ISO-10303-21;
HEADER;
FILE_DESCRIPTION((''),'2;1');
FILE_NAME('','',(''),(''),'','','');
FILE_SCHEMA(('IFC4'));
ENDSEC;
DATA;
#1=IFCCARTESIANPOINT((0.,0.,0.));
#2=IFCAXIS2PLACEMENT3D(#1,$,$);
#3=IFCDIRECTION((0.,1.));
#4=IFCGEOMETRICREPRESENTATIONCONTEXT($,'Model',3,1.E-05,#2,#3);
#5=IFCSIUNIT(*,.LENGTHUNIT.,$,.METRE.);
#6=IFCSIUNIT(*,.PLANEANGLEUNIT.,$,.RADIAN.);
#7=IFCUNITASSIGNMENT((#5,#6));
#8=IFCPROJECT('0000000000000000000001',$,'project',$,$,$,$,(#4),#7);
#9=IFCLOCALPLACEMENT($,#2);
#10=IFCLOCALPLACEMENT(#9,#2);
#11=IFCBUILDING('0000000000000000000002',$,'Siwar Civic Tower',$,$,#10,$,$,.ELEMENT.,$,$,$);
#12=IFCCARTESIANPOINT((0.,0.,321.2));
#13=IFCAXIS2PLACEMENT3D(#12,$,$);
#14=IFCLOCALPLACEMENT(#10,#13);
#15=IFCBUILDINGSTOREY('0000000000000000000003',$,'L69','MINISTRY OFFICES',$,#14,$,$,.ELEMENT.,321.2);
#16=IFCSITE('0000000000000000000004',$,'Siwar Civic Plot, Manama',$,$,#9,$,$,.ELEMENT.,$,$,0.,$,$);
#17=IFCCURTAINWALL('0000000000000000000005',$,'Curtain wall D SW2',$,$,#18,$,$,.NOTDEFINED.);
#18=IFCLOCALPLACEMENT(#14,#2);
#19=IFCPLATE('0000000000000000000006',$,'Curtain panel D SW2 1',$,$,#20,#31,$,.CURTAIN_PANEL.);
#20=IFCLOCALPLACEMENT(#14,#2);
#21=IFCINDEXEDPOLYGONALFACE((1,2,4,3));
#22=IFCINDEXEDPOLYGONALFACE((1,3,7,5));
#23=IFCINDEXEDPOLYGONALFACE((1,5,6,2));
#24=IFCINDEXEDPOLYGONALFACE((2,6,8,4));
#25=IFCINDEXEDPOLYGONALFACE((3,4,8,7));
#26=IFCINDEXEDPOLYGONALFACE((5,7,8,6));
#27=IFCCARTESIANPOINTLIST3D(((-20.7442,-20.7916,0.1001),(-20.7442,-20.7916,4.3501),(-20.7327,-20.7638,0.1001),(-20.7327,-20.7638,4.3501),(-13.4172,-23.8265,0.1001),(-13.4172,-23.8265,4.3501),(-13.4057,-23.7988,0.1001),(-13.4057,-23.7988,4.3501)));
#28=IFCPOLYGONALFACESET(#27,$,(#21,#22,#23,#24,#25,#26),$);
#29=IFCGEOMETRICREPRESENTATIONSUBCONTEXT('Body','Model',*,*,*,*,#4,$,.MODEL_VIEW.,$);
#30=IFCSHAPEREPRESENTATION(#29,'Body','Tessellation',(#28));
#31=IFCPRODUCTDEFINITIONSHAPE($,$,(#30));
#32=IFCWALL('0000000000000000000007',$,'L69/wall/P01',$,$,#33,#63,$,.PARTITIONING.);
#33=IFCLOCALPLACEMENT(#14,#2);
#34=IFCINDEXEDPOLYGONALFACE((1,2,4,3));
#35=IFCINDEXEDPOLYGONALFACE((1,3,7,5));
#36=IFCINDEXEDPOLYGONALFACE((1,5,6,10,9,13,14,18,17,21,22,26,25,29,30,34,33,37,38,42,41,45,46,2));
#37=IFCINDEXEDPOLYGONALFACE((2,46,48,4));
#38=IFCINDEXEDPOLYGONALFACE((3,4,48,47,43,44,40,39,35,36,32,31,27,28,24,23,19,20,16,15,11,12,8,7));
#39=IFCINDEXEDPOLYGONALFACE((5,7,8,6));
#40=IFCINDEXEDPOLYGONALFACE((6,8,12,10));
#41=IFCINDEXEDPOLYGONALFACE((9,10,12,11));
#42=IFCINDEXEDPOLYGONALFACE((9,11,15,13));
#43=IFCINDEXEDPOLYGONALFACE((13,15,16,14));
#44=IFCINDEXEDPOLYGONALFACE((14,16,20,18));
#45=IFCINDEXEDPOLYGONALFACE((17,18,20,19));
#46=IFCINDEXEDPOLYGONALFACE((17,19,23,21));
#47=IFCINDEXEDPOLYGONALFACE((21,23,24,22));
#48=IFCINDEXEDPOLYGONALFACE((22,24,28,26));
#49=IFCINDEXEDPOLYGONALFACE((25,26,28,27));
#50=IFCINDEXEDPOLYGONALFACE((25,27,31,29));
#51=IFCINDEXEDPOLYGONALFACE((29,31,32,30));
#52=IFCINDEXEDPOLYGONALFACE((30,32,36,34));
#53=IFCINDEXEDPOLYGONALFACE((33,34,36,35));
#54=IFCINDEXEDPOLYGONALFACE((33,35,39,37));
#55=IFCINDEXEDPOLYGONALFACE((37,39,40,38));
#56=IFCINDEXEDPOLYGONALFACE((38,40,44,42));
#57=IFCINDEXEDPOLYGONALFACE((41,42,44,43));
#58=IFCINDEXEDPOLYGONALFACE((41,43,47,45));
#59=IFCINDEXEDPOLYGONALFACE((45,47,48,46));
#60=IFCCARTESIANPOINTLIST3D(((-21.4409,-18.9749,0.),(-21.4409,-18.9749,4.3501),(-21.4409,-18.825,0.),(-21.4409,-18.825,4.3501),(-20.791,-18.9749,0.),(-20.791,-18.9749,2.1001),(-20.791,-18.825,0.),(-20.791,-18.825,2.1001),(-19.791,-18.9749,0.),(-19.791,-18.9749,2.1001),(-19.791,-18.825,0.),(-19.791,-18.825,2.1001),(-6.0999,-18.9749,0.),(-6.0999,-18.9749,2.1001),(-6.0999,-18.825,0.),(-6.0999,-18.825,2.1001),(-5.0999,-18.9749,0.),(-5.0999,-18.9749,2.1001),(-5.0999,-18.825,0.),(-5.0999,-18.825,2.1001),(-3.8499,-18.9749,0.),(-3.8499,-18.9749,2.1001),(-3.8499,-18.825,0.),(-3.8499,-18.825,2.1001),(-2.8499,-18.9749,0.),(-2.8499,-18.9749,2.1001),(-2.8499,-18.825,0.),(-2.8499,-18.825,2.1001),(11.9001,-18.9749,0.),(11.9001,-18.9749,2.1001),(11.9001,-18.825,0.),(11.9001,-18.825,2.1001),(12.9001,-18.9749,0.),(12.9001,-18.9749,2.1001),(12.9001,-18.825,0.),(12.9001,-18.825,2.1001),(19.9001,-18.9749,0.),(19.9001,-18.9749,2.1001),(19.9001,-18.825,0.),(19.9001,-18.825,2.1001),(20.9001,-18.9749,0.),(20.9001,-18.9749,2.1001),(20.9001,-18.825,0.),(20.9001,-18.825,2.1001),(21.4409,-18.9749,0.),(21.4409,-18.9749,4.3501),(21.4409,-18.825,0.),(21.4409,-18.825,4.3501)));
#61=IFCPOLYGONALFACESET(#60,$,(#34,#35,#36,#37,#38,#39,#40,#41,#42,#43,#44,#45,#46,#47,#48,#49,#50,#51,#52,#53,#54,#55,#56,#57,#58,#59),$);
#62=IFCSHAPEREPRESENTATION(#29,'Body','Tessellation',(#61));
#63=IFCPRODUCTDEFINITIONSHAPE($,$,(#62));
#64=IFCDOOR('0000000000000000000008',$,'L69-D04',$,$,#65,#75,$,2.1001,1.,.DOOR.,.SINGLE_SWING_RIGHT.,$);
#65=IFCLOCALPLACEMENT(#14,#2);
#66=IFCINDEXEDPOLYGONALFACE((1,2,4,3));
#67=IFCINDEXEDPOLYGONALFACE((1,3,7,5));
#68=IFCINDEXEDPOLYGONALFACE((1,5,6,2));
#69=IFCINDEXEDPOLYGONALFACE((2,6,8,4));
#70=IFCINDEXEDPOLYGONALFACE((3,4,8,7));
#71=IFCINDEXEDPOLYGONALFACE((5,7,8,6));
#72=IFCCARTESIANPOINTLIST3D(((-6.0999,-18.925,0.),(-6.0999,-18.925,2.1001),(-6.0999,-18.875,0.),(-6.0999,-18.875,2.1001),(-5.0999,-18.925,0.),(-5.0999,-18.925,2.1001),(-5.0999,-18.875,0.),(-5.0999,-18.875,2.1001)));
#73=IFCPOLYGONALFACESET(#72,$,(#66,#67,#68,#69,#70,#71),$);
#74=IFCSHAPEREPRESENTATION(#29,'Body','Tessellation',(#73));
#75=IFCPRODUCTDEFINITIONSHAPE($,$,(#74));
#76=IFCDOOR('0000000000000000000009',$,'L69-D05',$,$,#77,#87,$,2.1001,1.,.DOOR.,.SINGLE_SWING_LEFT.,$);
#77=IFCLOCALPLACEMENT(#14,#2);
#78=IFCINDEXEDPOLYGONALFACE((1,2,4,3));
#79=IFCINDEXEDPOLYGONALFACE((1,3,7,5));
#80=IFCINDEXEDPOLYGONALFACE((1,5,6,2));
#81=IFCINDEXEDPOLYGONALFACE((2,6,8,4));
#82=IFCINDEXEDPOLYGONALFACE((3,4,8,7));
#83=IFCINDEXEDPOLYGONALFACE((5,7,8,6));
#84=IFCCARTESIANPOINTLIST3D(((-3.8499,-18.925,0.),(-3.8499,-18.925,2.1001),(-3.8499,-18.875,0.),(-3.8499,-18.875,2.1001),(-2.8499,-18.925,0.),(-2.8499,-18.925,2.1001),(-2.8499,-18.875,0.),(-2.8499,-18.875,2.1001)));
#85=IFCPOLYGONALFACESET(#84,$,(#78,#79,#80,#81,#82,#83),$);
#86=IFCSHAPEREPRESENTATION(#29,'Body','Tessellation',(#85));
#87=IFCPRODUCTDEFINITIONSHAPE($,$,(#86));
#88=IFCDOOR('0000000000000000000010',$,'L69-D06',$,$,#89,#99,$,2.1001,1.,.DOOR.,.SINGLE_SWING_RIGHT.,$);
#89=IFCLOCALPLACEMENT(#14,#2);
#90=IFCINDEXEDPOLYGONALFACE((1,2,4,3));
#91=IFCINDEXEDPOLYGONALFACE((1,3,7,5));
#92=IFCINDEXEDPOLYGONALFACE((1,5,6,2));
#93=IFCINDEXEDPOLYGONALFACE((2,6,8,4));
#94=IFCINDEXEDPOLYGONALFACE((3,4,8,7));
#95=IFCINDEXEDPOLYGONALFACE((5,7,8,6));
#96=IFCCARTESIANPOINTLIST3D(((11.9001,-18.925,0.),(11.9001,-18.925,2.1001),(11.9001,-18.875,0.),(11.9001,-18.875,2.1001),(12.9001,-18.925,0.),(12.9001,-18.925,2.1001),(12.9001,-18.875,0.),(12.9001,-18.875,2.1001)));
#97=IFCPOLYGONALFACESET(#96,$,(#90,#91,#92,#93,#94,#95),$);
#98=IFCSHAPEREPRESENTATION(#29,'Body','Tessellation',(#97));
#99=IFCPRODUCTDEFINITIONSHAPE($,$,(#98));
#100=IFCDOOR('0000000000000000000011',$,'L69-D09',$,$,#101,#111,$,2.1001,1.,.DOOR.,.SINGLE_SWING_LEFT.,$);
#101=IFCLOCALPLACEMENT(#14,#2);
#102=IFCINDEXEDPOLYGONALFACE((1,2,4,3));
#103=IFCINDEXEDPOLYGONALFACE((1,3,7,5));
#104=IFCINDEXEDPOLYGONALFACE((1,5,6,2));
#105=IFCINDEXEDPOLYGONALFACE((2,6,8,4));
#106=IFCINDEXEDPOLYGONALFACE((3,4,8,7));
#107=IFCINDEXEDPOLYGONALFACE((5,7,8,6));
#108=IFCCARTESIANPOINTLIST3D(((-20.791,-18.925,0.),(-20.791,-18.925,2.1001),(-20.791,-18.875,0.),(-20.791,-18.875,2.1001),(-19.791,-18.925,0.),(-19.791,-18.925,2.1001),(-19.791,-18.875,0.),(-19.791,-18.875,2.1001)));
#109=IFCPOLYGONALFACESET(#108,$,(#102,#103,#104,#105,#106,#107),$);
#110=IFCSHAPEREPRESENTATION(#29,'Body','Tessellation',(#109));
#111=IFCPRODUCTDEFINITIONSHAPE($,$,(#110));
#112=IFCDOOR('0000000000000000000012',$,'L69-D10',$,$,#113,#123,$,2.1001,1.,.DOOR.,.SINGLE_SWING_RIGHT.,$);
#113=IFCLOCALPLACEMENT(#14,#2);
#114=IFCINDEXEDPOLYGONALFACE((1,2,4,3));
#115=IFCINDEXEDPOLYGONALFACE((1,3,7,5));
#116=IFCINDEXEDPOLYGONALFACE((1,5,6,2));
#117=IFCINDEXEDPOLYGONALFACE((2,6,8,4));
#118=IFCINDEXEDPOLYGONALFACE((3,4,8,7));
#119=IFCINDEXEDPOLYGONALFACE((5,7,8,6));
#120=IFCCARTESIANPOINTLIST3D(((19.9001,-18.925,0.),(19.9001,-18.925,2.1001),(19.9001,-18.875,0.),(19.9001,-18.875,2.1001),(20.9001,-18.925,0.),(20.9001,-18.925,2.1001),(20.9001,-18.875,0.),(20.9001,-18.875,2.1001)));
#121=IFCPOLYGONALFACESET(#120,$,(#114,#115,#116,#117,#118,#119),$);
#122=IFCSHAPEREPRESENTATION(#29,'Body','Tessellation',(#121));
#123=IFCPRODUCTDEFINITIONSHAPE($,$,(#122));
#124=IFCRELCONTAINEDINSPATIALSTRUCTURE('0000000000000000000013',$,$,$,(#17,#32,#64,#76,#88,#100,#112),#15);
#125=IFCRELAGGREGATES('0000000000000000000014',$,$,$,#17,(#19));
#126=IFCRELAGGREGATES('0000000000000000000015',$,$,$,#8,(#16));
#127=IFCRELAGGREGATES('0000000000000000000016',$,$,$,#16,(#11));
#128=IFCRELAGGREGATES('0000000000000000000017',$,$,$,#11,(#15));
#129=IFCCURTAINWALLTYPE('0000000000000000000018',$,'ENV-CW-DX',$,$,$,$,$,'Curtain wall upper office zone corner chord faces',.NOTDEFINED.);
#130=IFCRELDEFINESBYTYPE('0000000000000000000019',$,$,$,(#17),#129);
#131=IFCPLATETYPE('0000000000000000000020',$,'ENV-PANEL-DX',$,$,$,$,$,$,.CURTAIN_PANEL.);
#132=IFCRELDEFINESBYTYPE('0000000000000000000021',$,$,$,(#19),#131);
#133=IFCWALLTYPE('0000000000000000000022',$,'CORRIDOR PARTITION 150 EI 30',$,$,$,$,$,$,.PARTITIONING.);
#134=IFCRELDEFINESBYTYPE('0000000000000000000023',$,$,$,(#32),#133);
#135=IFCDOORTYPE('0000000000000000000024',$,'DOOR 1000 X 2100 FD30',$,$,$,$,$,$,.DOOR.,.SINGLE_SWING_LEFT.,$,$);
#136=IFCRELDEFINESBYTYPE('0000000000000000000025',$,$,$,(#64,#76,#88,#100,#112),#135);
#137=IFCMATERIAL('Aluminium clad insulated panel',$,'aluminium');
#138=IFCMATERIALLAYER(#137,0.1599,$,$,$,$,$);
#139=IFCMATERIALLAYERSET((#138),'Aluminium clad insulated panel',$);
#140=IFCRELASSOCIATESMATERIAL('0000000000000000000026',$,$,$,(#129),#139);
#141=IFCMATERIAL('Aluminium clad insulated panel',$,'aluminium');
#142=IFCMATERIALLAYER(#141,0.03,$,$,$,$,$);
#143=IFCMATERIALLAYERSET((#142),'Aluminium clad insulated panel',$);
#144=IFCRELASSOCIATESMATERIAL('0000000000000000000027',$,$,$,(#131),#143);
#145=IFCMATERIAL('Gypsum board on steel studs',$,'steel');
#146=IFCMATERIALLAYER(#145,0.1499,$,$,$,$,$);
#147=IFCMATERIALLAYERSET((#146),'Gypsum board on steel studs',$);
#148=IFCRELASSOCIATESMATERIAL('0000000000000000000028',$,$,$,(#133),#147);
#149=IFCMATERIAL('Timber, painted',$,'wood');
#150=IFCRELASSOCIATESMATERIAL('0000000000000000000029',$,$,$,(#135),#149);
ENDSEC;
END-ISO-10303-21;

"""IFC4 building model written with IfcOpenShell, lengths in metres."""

from ifc_helpers import new_model, si_unit, direction, frame, frame_2d, origin, origin_2d, place, context, subcontext, project, spatial, rectangle, extrude, material, layer, layer_set, type_object, element, fill, aggregate, save


model = new_model("IFC4")

# Units and contexts
model_context = context("Model", 3, precision=1e-05, world=origin(), true_north=direction((0.0, 1.0)))
body_context = subcontext(model_context, "Body", "Model", "MODEL_VIEW")
ifc_project = project(units=[si_unit("LENGTHUNIT", "METRE"), si_unit("PLANEANGLEUNIT", "RADIAN")], contexts=[model_context])

# Site, building, storey
site_placement = place(None, origin())
site = spatial("IfcSite", under=ifc_project, at=site_placement, Name="Siwar Civic Plot, Manama", CompositionType="ELEMENT", RefElevation=0.0)
building_placement = place(site_placement, origin())
building = spatial("IfcBuilding", under=site, at=building_placement, Name="Siwar Civic Tower", CompositionType="ELEMENT")
storey_placement = place(building_placement, frame((0.0, 0.0, 321.2)))
storey = spatial("IfcBuildingStorey", under=building, at=storey_placement, Name="L69", Description="MINISTRY OFFICES", CompositionType="ELEMENT", Elevation=321.2)

# Curtain wall
ifc_material_1 = material(Name="Aluminium clad insulated panel", Category="aluminium")
ifc_layer_1 = layer(ifc_material_1, 0.1599)
ifc_layer_set_1 = layer_set([ifc_layer_1], Name="Aluminium clad insulated panel")
curtain_wall_type = type_object("IfcCurtainWallType", Name="ENV-CW-DX", ElementType="Curtain wall upper office zone corner chord faces", PredefinedType="NOTDEFINED", material=ifc_layer_set_1)
curtain_wall_placement = place(storey_placement, origin())
curtain_wall = element("IfcCurtainWall", 1, at=curtain_wall_placement, inside=storey, type_object=curtain_wall_type, Name="Curtain wall D SW2", PredefinedType="NOTDEFINED")

# Plate
ifc_material_2 = material(Name="Aluminium clad insulated panel", Category="aluminium")
ifc_layer_2 = layer(ifc_material_2, 0.03)
ifc_layer_set_2 = layer_set([ifc_layer_2], Name="Aluminium clad insulated panel")
plate_type = type_object("IfcPlateType", Name="ENV-PANEL-DX", PredefinedType="CURTAIN_PANEL", material=ifc_layer_set_2)
plate_placement = place(storey_placement, frame((-17.075, -22.2952, 0.1001), z_axis=(0.0, 0.0, 1.0), x_axis=(0.92388, -0.382683, 0.0)))
plate = element("IfcPlate", 2, at=plate_placement, type_object=plate_type, Name="Curtain panel D SW2 1", PredefinedType="CURTAIN_PANEL", context=body_context, shape_type="SweptSolid", body=[
    extrude(rectangle(XDim=7.9307, YDim=0.03, at=origin_2d()), origin(), (0.0, 0.0, 1.0), 4.25),
])
aggregate(curtain_wall, [plate])

# Wall, openings, doors
ifc_material_3 = material(Name="Gypsum board on steel studs", Category="steel")
ifc_layer_3 = layer(ifc_material_3, 0.1499)
ifc_layer_set_3 = layer_set([ifc_layer_3], Name="Gypsum board on steel studs")
wall_type = type_object("IfcWallType", Name="CORRIDOR PARTITION 150 EI 30", PredefinedType="PARTITIONING", material=ifc_layer_set_3)
wall_1_placement = place(storey_placement, frame((-21.4409, -18.8999, 0.0), z_axis=(0.0, 0.0, 1.0), x_axis=(1.0, 0.0, 0.0)))
wall_1 = element("IfcWall", 3, at=wall_1_placement, inside=storey, type_object=wall_type, Name="L69/wall/P01", PredefinedType="PARTITIONING", context=body_context, shape_type="SweptSolid", body=[
    extrude(rectangle(XDim=42.8818, YDim=0.1499, at=frame_2d((21.4409, 0.0))), origin(), (0.0, 0.0, 1.0), 4.3501),
])
opening_1_placement = place(wall_1_placement, frame((15.3411, 0.0, 0.0)))
opening_1 = element("IfcOpeningElement", 4, at=opening_1_placement, cuts=wall_1, PredefinedType="OPENING", context=body_context, shape_type="SweptSolid", body=[
    extrude(rectangle(XDim=1.0, YDim=2.1001, at=frame_2d((0.5, 1.05))), frame((0.0, 0.085, 0.0), z_axis=(0.0, -1.0, 0.0), x_axis=(1.0, 0.0, 0.0)), (0.0, 0.0, 1.0), 0.1699),
])
opening_2_placement = place(wall_1_placement, frame((17.5911, 0.0, 0.0)))
opening_2 = element("IfcOpeningElement", 5, at=opening_2_placement, cuts=wall_1, PredefinedType="OPENING", context=body_context, shape_type="SweptSolid", body=[
    extrude(rectangle(XDim=1.0, YDim=2.1001, at=frame_2d((0.5, 1.05))), frame((0.0, 0.085, 0.0), z_axis=(0.0, -1.0, 0.0), x_axis=(1.0, 0.0, 0.0)), (0.0, 0.0, 1.0), 0.1699),
])
opening_3_placement = place(wall_1_placement, frame((33.3411, 0.0, 0.0)))
opening_3 = element("IfcOpeningElement", 6, at=opening_3_placement, cuts=wall_1, PredefinedType="OPENING", context=body_context, shape_type="SweptSolid", body=[
    extrude(rectangle(XDim=1.0, YDim=2.1001, at=frame_2d((0.5, 1.05))), frame((0.0, 0.085, 0.0), z_axis=(0.0, -1.0, 0.0), x_axis=(1.0, 0.0, 0.0)), (0.0, 0.0, 1.0), 0.1699),
])
opening_4_placement = place(wall_1_placement, frame((0.6499, 0.0, 0.0)))
opening_4 = element("IfcOpeningElement", 7, at=opening_4_placement, cuts=wall_1, PredefinedType="OPENING", context=body_context, shape_type="SweptSolid", body=[
    extrude(rectangle(XDim=1.0, YDim=2.1001, at=frame_2d((0.5, 1.05))), frame((0.0, 0.085, 0.0), z_axis=(0.0, -1.0, 0.0), x_axis=(1.0, 0.0, 0.0)), (0.0, 0.0, 1.0), 0.1699),
])
opening_5_placement = place(wall_1_placement, frame((41.3411, 0.0, 0.0)))
opening_5 = element("IfcOpeningElement", 8, at=opening_5_placement, cuts=wall_1, PredefinedType="OPENING", context=body_context, shape_type="SweptSolid", body=[
    extrude(rectangle(XDim=1.0, YDim=2.1001, at=frame_2d((0.5, 1.05))), frame((0.0, 0.085, 0.0), z_axis=(0.0, -1.0, 0.0), x_axis=(1.0, 0.0, 0.0)), (0.0, 0.0, 1.0), 0.1699),
])
ifc_material_4 = material(Name="Timber, painted", Category="wood")
door_type = type_object("IfcDoorType", Name="DOOR 1000 X 2100 FD30", OperationType="SINGLE_SWING_LEFT", PredefinedType="DOOR", material=ifc_material_4)
door_1_placement = place(opening_1_placement, origin())
door_1 = element("IfcDoor", 9, at=door_1_placement, inside=storey, type_object=door_type, Name="L69-D04", OperationType="SINGLE_SWING_RIGHT", OverallHeight=2.1001, OverallWidth=1.0, PredefinedType="DOOR", context=body_context, shape_type="SweptSolid", body=[
    extrude(rectangle(XDim=1.0, YDim=2.1001, at=frame_2d((0.5, 1.05))), frame((0.0, 0.0249, 0.0), z_axis=(0.0, -1.0, 0.0), x_axis=(1.0, 0.0, 0.0)), (0.0, 0.0, 1.0), 0.05),
])
fill(opening_1, door_1)
door_2_placement = place(opening_2_placement, origin())
door_2 = element("IfcDoor", 10, at=door_2_placement, inside=storey, type_object=door_type, Name="L69-D05", OperationType="SINGLE_SWING_LEFT", OverallHeight=2.1001, OverallWidth=1.0, PredefinedType="DOOR", context=body_context, shape_type="SweptSolid", body=[
    extrude(rectangle(XDim=1.0, YDim=2.1001, at=frame_2d((0.5, 1.05))), frame((0.0, 0.0249, 0.0), z_axis=(0.0, -1.0, 0.0), x_axis=(1.0, 0.0, 0.0)), (0.0, 0.0, 1.0), 0.05),
])
fill(opening_2, door_2)
door_3_placement = place(opening_3_placement, origin())
door_3 = element("IfcDoor", 11, at=door_3_placement, inside=storey, type_object=door_type, Name="L69-D06", OperationType="SINGLE_SWING_RIGHT", OverallHeight=2.1001, OverallWidth=1.0, PredefinedType="DOOR", context=body_context, shape_type="SweptSolid", body=[
    extrude(rectangle(XDim=1.0, YDim=2.1001, at=frame_2d((0.5, 1.05))), frame((0.0, 0.0249, 0.0), z_axis=(0.0, -1.0, 0.0), x_axis=(1.0, 0.0, 0.0)), (0.0, 0.0, 1.0), 0.05),
])
fill(opening_3, door_3)
door_4_placement = place(opening_4_placement, origin())
door_4 = element("IfcDoor", 12, at=door_4_placement, inside=storey, type_object=door_type, Name="L69-D09", OperationType="SINGLE_SWING_LEFT", OverallHeight=2.1001, OverallWidth=1.0, PredefinedType="DOOR", context=body_context, shape_type="SweptSolid", body=[
    extrude(rectangle(XDim=1.0, YDim=2.1001, at=frame_2d((0.5, 1.05))), frame((0.0, 0.0249, 0.0), z_axis=(0.0, -1.0, 0.0), x_axis=(1.0, 0.0, 0.0)), (0.0, 0.0, 1.0), 0.05),
])
fill(opening_4, door_4)
door_5_placement = place(opening_5_placement, origin())
door_5 = element("IfcDoor", 13, at=door_5_placement, inside=storey, type_object=door_type, Name="L69-D10", OperationType="SINGLE_SWING_RIGHT", OverallHeight=2.1001, OverallWidth=1.0, PredefinedType="DOOR", context=body_context, shape_type="SweptSolid", body=[
    extrude(rectangle(XDim=1.0, YDim=2.1001, at=frame_2d((0.5, 1.05))), frame((0.0, 0.0249, 0.0), z_axis=(0.0, -1.0, 0.0), x_axis=(1.0, 0.0, 0.0)), (0.0, 0.0, 1.0), 0.05),
])
fill(opening_5, door_5)

save(model, "model.ifc")
